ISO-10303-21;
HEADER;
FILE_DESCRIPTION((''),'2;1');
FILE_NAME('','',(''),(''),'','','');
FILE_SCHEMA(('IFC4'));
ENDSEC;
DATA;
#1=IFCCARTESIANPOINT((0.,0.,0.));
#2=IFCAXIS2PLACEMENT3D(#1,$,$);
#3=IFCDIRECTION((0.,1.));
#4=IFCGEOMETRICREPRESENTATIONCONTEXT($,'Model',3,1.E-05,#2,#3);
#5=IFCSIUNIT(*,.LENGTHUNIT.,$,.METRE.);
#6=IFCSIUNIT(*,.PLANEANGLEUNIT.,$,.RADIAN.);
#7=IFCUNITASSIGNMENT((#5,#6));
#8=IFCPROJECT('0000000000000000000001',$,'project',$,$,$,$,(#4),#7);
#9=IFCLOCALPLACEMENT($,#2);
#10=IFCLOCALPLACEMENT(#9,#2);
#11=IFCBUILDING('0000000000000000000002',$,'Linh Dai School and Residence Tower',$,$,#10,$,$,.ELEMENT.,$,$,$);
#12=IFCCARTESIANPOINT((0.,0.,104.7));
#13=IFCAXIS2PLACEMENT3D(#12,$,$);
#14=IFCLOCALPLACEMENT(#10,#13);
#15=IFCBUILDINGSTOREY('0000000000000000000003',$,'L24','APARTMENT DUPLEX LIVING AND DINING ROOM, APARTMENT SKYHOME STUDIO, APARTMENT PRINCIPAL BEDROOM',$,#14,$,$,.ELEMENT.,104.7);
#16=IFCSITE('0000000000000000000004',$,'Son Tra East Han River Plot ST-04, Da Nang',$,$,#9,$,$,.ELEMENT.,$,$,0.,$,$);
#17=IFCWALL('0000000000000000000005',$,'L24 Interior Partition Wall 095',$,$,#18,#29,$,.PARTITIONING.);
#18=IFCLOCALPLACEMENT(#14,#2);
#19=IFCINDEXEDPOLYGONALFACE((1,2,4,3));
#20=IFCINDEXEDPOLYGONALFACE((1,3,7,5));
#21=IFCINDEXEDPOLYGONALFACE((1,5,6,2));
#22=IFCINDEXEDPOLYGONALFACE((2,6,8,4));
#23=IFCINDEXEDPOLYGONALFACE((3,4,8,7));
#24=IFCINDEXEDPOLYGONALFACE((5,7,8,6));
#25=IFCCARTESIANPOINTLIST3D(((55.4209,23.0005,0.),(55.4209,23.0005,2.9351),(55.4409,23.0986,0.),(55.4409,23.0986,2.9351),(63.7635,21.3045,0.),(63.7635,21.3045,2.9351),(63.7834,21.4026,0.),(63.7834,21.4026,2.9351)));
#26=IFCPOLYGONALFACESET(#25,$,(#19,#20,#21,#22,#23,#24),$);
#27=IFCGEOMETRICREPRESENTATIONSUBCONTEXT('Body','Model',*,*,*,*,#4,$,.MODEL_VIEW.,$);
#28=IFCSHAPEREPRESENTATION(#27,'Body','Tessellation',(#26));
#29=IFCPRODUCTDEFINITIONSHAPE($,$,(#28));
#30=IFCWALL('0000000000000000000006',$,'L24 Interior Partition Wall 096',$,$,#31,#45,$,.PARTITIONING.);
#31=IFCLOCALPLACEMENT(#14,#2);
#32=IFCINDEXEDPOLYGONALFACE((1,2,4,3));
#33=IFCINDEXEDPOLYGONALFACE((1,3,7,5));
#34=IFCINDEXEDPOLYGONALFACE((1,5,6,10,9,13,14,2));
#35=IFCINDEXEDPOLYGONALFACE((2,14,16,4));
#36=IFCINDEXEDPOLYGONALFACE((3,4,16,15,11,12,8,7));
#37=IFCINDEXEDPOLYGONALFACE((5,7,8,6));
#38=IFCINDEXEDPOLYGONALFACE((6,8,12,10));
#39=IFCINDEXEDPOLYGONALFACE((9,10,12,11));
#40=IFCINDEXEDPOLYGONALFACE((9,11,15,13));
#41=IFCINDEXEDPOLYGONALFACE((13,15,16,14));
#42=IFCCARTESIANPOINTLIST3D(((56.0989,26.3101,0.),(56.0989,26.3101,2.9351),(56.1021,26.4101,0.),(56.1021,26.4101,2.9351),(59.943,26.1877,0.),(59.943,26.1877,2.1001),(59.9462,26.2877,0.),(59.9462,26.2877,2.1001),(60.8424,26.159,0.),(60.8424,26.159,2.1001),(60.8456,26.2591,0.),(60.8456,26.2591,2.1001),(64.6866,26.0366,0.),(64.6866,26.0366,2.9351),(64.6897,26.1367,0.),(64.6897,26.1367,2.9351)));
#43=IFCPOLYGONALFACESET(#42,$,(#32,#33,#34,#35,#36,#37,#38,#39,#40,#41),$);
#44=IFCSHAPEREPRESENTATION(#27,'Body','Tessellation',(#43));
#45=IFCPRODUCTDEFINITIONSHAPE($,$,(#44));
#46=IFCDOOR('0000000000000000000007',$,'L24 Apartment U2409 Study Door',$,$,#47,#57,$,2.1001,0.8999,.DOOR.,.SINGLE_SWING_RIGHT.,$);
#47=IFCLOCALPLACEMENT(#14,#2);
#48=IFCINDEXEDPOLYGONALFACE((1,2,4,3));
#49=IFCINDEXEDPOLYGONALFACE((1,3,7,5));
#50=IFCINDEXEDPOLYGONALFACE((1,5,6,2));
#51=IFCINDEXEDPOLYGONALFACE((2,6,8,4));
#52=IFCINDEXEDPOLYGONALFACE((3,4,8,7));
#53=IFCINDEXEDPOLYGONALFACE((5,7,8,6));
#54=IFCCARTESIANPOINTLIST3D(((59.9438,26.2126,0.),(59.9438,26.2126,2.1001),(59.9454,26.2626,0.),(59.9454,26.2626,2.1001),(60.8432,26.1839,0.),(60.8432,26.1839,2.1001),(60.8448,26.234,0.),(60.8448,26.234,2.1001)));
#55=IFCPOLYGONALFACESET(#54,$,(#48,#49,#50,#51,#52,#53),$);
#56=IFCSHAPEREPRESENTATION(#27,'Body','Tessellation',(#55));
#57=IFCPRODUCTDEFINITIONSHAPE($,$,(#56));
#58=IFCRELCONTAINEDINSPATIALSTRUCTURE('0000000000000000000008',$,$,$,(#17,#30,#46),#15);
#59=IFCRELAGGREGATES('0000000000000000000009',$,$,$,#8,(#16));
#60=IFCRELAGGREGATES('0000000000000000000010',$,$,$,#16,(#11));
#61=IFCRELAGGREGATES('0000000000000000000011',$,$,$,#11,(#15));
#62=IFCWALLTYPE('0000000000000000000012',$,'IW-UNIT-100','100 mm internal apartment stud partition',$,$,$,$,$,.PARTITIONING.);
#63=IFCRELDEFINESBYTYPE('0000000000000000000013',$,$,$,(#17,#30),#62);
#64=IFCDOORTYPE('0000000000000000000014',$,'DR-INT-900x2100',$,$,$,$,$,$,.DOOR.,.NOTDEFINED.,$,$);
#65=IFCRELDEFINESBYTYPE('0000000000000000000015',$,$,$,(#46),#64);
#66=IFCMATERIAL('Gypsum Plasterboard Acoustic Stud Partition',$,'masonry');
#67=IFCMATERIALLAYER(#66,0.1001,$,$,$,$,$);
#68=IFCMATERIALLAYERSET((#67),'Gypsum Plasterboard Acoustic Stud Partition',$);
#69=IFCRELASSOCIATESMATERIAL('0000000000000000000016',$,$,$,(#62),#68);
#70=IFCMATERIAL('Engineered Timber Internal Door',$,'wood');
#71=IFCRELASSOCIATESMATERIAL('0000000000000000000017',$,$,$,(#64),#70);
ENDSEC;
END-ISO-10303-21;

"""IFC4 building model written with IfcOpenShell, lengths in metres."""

from ifc_helpers import new_model, si_unit, direction, frame, frame_2d, origin, origin_2d, place, context, subcontext, project, spatial, rectangle, extrude, source, transform, mapped, material, layer, layer_set, type_object, element, fill, save


model = new_model("IFC4")

# Units and contexts
model_context = context("Model", 3, precision=1e-05, world=origin(), true_north=direction((0.0, 1.0)))
body_context = subcontext(model_context, "Body", "Model", "MODEL_VIEW")
ifc_project = project(units=[si_unit("LENGTHUNIT", "METRE"), si_unit("PLANEANGLEUNIT", "RADIAN")], contexts=[model_context])

# Site, building, storey
site_placement = place(None, origin())
site = spatial("IfcSite", under=ifc_project, at=site_placement, Name="Son Tra East Han River Plot ST-04, Da Nang", CompositionType="ELEMENT", RefElevation=0.0)
building_placement = place(site_placement, origin())
building = spatial("IfcBuilding", under=site, at=building_placement, Name="Linh Dai School and Residence Tower", CompositionType="ELEMENT")
storey_placement = place(building_placement, frame((0.0, 0.0, 104.7)))
storey = spatial("IfcBuildingStorey", under=building, at=storey_placement, Name="L24", Description="APARTMENT DUPLEX LIVING AND DINING ROOM, APARTMENT SKYHOME STUDIO, APARTMENT PRINCIPAL BEDROOM", CompositionType="ELEMENT", Elevation=104.7)

# Shared definitions
ifc_material_1 = material(Name="Gypsum Plasterboard Acoustic Stud Partition", Category="masonry")
ifc_layer_1 = layer(ifc_material_1, 0.1001)
ifc_layer_set_1 = layer_set([ifc_layer_1], Name="Gypsum Plasterboard Acoustic Stud Partition")
wall_type_1 = type_object("IfcWallType", Name="IW-UNIT-100", Description="100 mm internal apartment stud partition", PredefinedType="PARTITIONING", material=ifc_layer_set_1)
ifc_material_2 = material(Name="Engineered Timber Internal Door", Category="wood")
door_type_1 = type_object("IfcDoorType", Name="DR-INT-900x2100", OperationType="NOTDEFINED", PredefinedType="DOOR", material=ifc_material_2)
shared_shape_1 = source(origin(), body_context, "Body", "SweptSolid", [
    extrude(rectangle(XDim=0.8999, YDim=2.1001, at=origin_2d()), frame((0.45, 0.0249, 1.05), z_axis=(0.0, -1.0, 0.0), x_axis=(1.0, 0.0, 0.0)), (0.0, 0.0, 1.0), 0.05),
])

# Wall
wall_1_placement = place(storey_placement, frame((55.4309, 23.0496, 0.0), z_axis=(0.0, 0.0, 1.0), x_axis=(0.979954, -0.199226, 0.0)))
element("IfcWall", 1, at=wall_1_placement, inside=storey, type_object=wall_type_1, Name="L24 Interior Partition Wall 095", PredefinedType="PARTITIONING", context=body_context, shape_type="SweptSolid", body=[
    extrude(rectangle(XDim=8.5132, YDim=0.1001, at=frame_2d((4.2566, 0.0))), origin(), (0.0, 0.0, 1.0), 2.9351),
])

# Wall, opening, door
wall_2_placement = place(storey_placement, frame((56.1006, 26.3601, 0.0), z_axis=(0.0, 0.0, 1.0), x_axis=(0.999493, -0.031825, 0.0)))
wall_2 = element("IfcWall", 2, at=wall_2_placement, inside=storey, type_object=wall_type_1, Name="L24 Interior Partition Wall 096", PredefinedType="PARTITIONING", context=body_context, shape_type="SweptSolid", body=[
    extrude(rectangle(XDim=8.592, YDim=0.1001, at=frame_2d((4.2959, 0.0))), origin(), (0.0, 0.0, 1.0), 2.9351),
])
opening_1_placement = place(wall_2_placement, frame((3.8459, 0.0, 0.0)))
opening_1 = element("IfcOpeningElement", 3, at=opening_1_placement, cuts=wall_2, PredefinedType="OPENING", context=body_context, shape_type="SweptSolid", body=[
    extrude(rectangle(XDim=0.8999, YDim=2.1001, at=origin_2d()), frame((0.45, 0.0601, 1.05), z_axis=(0.0, -1.0, 0.0), x_axis=(1.0, 0.0, 0.0)), (0.0, 0.0, 1.0), 0.1201),
])
door_1_placement = place(opening_1_placement, origin())
door_1 = element("IfcDoor", 4, at=door_1_placement, inside=storey, type_object=door_type_1, Name="L24 Apartment U2409 Study Door", OperationType="SINGLE_SWING_RIGHT", OverallHeight=2.1001, OverallWidth=0.8999, PredefinedType="DOOR", context=body_context, shape_type="MappedRepresentation", body=[
    mapped(shared_shape_1, transform((0.0, 0.0, 0.0), x_axis=(1.0, 0.0, 0.0), y_axis=(0.0, 1.0, 0.0), z_axis=(0.0, 0.0, 1.0), scale=1.0)),
])
fill(opening_1, door_1)

save(model, "model.ifc")
